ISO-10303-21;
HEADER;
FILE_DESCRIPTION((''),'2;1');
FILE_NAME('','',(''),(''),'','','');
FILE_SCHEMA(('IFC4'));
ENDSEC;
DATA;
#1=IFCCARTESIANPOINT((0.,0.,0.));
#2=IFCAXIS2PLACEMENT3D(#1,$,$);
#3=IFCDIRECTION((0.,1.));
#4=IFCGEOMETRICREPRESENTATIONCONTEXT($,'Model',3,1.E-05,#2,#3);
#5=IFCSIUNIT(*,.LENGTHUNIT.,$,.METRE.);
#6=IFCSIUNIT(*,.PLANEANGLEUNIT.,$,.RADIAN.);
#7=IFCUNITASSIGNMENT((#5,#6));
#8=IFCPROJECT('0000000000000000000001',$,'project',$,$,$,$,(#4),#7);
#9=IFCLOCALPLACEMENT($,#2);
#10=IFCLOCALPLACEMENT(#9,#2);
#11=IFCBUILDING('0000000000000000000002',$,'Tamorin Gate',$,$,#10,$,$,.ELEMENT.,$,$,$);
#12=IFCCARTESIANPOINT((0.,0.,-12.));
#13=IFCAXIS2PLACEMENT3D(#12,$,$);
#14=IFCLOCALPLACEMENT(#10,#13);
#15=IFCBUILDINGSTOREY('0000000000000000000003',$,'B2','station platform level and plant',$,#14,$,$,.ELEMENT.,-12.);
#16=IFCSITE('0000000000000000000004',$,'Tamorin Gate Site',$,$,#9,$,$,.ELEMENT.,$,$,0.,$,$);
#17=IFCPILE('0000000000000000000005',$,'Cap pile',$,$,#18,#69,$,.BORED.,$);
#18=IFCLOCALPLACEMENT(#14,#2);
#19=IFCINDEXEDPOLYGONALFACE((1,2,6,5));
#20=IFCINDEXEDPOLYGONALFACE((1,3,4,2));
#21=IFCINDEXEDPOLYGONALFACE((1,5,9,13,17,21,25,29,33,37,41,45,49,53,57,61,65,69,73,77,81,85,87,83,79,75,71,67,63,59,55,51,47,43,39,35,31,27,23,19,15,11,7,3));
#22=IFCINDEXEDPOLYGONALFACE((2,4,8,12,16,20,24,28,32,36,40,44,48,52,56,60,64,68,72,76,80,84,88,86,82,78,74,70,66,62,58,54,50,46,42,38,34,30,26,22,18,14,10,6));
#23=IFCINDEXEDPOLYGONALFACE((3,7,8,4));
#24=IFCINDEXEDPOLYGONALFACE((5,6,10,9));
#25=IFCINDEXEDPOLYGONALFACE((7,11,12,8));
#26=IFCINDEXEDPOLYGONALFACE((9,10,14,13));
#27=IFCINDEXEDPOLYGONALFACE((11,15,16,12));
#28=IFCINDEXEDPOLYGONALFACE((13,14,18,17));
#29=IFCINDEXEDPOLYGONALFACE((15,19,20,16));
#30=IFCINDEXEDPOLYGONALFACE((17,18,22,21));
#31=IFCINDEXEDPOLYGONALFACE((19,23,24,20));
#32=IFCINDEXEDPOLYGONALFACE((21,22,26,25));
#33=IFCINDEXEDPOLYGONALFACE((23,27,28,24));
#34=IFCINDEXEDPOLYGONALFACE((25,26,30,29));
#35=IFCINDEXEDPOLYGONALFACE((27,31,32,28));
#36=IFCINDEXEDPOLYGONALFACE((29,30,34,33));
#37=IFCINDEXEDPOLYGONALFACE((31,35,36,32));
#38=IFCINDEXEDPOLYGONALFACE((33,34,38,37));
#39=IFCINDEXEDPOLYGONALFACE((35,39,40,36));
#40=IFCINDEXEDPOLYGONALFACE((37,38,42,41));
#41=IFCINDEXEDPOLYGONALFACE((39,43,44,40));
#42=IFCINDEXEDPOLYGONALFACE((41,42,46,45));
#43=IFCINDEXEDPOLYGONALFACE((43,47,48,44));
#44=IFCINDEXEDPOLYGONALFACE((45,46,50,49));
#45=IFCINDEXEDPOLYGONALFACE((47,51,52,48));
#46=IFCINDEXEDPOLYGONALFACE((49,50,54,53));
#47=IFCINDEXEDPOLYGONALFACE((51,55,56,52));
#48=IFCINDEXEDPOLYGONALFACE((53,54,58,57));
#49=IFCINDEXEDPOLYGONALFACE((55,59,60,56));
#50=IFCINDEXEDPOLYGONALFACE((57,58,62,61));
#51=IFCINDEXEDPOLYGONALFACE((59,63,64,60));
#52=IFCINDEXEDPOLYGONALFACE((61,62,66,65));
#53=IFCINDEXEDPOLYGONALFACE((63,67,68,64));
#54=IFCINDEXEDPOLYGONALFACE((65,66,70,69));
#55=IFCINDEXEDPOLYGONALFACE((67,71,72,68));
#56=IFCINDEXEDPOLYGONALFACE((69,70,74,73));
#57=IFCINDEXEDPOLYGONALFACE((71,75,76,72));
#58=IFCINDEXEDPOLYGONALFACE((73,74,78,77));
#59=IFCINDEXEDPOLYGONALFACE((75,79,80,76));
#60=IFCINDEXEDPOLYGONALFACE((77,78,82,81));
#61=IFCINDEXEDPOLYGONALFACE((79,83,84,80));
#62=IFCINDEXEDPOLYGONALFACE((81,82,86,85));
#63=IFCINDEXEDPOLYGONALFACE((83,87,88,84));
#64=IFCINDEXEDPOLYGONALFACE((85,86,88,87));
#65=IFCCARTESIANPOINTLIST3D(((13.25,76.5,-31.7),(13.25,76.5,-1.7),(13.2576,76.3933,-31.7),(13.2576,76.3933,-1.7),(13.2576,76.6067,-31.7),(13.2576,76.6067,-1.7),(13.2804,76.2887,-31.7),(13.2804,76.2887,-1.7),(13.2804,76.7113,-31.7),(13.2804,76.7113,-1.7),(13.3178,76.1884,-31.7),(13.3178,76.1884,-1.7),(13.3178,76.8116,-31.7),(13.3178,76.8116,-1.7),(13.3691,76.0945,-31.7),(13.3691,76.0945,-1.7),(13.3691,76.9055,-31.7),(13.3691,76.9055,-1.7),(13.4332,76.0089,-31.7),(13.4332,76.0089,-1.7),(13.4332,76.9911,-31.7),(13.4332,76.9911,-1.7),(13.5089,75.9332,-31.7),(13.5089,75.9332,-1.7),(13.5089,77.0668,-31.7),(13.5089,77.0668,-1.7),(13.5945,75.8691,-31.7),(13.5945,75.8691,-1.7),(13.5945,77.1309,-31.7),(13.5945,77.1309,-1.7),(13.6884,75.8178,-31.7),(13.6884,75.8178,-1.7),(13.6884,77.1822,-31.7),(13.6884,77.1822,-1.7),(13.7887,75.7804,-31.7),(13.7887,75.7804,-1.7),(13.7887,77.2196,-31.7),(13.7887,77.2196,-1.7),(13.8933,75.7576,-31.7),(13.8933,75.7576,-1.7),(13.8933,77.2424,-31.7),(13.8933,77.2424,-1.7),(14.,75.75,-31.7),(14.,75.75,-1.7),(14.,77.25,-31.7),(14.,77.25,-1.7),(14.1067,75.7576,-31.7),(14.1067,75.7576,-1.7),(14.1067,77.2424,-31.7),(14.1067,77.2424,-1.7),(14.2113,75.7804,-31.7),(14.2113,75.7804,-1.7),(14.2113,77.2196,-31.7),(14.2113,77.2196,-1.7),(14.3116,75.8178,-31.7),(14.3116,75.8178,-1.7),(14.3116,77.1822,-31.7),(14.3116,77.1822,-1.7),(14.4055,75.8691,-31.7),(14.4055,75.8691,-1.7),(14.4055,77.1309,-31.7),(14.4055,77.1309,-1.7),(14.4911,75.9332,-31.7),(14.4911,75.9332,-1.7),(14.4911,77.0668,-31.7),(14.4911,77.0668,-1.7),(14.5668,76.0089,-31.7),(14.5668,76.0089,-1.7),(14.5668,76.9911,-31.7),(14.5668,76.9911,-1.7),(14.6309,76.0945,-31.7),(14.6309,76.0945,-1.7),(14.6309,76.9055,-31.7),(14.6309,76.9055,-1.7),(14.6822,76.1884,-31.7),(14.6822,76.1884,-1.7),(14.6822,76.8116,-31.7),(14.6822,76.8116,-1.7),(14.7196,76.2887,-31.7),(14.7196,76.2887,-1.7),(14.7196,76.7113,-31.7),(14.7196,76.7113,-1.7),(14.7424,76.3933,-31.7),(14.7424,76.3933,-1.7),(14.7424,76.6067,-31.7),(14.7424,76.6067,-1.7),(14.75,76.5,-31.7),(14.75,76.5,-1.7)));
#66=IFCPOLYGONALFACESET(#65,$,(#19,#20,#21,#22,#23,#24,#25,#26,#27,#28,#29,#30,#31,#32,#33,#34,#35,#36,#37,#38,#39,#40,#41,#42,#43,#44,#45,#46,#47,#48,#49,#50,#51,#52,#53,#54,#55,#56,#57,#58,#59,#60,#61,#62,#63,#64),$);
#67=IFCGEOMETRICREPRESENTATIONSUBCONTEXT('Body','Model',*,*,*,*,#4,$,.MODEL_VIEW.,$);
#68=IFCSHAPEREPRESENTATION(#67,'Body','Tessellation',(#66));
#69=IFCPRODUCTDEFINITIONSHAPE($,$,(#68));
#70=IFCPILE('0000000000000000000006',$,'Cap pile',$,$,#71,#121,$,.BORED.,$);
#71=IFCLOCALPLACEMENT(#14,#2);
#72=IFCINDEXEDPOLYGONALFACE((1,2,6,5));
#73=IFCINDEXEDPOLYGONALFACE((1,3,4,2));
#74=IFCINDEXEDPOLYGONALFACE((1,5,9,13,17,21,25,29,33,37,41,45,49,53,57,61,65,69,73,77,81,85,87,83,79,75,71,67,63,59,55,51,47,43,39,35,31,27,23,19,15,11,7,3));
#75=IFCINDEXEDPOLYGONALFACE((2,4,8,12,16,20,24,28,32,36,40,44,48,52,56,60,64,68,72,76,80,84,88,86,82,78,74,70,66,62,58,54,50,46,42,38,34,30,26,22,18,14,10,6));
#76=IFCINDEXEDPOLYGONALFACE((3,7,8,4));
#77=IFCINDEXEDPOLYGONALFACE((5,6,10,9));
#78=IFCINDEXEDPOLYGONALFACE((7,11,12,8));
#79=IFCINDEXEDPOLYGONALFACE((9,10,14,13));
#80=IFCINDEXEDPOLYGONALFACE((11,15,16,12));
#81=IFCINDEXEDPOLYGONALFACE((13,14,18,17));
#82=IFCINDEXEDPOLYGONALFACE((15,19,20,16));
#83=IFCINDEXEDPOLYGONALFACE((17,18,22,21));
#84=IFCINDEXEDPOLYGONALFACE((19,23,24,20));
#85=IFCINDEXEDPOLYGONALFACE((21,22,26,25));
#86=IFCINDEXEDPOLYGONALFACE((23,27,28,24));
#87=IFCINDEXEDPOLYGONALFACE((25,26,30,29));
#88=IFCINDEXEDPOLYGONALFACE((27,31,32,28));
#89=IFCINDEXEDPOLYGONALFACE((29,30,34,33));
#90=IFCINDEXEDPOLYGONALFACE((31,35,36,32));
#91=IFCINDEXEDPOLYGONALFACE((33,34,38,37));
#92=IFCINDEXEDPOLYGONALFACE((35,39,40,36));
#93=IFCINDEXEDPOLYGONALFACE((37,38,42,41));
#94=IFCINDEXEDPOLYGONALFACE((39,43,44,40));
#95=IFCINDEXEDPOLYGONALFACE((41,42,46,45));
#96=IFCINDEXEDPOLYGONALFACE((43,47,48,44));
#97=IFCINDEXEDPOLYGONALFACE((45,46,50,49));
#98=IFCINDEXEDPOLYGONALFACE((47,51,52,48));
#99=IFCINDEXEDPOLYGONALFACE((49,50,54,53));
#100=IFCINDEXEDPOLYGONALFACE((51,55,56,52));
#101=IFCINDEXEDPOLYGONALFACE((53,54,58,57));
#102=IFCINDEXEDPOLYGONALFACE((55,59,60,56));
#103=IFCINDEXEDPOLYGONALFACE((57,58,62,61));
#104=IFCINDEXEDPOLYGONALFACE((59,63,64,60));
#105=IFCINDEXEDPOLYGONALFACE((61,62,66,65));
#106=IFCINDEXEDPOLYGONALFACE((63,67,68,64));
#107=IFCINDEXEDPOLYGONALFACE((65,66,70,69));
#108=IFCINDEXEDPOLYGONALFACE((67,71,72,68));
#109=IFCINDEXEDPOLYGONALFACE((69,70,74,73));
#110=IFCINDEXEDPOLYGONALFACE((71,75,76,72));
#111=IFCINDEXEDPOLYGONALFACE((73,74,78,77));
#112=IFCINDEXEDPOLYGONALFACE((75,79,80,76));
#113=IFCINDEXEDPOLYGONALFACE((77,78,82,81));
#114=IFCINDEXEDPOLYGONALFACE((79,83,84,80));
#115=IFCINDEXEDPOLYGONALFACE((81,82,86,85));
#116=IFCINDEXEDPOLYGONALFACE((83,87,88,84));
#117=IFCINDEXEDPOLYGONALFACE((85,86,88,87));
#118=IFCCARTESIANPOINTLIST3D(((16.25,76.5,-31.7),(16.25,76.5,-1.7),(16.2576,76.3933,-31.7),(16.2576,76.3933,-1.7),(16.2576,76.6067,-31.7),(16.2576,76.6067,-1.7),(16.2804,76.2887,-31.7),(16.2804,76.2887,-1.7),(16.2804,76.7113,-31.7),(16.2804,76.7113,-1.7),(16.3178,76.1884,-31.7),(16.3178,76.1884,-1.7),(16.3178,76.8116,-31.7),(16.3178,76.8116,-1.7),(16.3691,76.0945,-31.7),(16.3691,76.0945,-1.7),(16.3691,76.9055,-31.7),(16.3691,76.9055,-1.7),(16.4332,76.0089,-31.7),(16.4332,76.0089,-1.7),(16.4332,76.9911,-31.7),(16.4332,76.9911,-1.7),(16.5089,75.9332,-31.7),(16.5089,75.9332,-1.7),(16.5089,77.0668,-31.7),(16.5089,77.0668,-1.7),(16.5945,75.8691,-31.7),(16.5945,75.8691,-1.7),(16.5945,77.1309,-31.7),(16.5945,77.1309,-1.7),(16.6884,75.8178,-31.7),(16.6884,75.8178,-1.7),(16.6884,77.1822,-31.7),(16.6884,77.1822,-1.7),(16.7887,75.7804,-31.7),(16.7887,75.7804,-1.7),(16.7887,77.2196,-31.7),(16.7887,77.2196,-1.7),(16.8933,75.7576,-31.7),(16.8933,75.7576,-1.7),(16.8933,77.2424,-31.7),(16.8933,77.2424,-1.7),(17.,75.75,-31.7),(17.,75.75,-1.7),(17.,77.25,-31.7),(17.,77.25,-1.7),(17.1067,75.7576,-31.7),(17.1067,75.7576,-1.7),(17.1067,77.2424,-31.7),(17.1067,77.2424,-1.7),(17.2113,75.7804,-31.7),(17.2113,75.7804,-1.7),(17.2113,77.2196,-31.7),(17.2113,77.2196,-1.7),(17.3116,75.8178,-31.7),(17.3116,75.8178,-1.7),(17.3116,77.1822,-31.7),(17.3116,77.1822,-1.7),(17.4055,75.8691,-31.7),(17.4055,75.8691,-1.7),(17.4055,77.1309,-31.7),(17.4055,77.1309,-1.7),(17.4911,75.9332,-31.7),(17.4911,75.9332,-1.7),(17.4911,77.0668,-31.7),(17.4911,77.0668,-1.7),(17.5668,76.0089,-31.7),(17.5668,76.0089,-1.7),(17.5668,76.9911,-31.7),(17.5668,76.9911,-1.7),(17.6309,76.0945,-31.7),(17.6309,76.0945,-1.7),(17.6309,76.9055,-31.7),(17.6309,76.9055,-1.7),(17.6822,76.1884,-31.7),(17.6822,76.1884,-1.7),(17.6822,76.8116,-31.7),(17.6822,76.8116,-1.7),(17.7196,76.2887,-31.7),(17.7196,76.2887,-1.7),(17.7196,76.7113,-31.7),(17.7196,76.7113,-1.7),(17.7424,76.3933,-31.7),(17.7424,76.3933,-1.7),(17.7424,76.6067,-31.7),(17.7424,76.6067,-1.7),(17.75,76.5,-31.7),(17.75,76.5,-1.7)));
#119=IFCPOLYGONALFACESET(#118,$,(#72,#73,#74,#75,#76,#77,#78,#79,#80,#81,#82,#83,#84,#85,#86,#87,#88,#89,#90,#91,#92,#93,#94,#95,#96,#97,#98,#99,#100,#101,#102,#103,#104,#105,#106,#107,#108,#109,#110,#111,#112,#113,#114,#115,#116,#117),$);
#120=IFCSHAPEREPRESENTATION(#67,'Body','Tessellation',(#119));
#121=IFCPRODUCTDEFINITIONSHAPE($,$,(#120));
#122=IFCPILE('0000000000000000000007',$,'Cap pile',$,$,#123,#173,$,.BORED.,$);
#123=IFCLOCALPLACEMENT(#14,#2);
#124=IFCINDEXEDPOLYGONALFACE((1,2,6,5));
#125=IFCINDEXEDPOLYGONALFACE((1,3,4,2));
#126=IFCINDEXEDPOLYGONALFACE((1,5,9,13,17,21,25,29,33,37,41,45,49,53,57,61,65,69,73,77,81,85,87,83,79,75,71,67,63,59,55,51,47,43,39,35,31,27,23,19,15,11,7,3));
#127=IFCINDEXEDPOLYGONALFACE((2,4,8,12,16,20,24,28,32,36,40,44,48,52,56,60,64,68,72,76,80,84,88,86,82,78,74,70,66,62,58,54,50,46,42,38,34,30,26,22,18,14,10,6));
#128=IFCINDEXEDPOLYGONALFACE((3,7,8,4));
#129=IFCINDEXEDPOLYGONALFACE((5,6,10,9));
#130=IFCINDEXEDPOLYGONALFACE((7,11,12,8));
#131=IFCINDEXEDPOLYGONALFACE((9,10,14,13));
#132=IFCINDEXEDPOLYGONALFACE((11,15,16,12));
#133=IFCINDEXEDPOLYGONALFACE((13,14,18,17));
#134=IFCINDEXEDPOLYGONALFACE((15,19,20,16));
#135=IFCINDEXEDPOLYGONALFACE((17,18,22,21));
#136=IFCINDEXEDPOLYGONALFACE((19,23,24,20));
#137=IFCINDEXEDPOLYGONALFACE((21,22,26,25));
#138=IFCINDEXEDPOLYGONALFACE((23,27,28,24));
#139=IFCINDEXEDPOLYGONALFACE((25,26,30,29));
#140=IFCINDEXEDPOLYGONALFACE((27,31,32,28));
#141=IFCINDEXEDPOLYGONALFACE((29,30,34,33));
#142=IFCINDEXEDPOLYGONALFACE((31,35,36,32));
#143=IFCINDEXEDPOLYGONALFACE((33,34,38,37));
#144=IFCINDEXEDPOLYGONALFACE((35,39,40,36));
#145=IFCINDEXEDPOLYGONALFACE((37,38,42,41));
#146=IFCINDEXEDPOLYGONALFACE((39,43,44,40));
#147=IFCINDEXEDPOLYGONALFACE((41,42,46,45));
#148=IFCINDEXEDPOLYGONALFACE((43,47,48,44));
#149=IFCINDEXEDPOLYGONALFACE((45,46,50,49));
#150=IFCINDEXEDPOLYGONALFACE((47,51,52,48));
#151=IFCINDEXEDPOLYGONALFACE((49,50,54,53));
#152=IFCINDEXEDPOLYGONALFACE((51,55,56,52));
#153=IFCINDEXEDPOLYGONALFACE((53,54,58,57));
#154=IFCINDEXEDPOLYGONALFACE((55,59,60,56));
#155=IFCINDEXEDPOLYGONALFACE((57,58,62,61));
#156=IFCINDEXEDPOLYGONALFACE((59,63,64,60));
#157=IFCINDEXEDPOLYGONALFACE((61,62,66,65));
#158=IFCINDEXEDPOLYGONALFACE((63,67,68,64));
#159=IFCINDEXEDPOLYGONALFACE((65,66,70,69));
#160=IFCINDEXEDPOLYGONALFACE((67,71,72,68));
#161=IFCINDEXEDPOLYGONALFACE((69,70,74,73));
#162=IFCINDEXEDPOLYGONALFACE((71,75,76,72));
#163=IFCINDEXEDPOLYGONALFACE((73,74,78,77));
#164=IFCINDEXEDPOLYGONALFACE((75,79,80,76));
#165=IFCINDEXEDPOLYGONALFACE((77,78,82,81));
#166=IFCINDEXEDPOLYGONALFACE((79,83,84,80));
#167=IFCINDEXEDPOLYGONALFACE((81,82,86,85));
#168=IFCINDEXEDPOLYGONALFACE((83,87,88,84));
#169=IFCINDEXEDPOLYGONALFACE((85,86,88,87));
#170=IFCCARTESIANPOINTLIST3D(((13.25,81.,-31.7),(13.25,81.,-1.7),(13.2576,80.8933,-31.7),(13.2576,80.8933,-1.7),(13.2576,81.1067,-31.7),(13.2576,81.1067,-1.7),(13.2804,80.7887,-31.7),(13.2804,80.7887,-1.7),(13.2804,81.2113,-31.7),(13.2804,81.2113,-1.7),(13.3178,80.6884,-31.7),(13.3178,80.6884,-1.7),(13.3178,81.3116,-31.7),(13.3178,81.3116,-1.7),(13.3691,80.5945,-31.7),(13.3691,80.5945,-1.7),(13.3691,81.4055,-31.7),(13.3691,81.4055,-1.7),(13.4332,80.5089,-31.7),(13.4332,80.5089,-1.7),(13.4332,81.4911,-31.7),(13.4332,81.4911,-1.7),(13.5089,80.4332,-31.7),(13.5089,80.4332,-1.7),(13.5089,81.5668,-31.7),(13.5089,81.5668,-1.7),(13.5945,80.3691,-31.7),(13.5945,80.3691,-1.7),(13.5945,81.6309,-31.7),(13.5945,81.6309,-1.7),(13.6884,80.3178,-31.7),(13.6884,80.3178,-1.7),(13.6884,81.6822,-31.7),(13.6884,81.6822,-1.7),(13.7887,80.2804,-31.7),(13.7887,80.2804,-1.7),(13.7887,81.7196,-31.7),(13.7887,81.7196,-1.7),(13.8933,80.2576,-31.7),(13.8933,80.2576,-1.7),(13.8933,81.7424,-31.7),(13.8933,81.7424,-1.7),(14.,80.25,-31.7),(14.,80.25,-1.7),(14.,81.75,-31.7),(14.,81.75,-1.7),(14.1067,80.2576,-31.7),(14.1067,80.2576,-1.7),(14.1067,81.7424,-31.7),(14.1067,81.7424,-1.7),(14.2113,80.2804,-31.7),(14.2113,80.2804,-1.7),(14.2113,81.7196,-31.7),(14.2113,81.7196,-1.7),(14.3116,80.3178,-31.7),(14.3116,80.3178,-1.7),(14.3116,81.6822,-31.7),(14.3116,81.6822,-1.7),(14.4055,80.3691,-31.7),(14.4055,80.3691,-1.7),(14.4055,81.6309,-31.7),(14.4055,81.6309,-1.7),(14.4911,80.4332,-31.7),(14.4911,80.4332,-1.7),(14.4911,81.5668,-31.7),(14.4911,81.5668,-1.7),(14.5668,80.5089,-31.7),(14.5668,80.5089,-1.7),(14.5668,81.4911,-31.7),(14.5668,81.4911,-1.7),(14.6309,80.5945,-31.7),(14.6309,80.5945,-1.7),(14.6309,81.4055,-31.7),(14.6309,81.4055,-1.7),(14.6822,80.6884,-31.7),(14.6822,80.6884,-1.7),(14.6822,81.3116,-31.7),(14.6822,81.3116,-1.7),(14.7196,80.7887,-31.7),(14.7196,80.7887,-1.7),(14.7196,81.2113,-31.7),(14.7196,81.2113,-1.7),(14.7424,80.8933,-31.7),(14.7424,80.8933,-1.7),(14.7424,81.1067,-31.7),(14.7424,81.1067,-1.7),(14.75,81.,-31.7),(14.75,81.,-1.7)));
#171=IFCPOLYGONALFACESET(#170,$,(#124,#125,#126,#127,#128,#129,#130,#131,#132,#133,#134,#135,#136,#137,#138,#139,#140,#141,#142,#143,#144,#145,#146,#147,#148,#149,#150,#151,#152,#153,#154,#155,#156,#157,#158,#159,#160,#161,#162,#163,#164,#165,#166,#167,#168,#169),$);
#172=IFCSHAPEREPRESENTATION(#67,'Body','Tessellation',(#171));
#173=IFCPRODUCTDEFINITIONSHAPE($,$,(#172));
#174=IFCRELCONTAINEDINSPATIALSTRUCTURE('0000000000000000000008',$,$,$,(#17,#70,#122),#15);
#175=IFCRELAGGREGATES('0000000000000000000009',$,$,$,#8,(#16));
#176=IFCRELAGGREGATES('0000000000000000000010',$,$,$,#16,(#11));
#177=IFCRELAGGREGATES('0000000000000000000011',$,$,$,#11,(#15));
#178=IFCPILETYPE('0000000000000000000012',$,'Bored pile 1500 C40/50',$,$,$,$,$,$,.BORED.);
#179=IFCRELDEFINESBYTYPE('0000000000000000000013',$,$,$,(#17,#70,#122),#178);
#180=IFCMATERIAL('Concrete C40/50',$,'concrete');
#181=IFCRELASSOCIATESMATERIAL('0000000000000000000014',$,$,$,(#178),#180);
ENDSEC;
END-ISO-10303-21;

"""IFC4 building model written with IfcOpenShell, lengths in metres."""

from ifc_helpers import new_model, si_unit, direction, frame, origin, origin_2d, place, context, subcontext, project, spatial, circle, extrude, material, material_profile, profile_set, type_object, element, save


model = new_model("IFC4")

# Units and contexts
model_context = context("Model", 3, precision=1e-05, world=origin(), true_north=direction((0.0, 1.0)))
body_context = subcontext(model_context, "Body", "Model", "MODEL_VIEW")
ifc_project = project(units=[si_unit("LENGTHUNIT", "METRE"), si_unit("PLANEANGLEUNIT", "RADIAN")], contexts=[model_context])

# Site, building, storey
site_placement = place(None, origin())
site = spatial("IfcSite", under=ifc_project, at=site_placement, Name="Tamorin Gate Site", CompositionType="ELEMENT", RefElevation=0.0)
building_placement = place(site_placement, origin())
building = spatial("IfcBuilding", under=site, at=building_placement, Name="Tamorin Gate", CompositionType="ELEMENT")
storey_placement = place(building_placement, frame((0.0, 0.0, -12.0)))
storey = spatial("IfcBuildingStorey", under=building, at=storey_placement, Name="B2", Description="station platform level and plant", CompositionType="ELEMENT", Elevation=-12.0)

# Piles
ifc_material_1 = material(Name="Concrete C40/50", Category="concrete")
ifc_material_profile_1 = material_profile(ifc_material_1, circle(Radius=0.75, at=origin_2d()))
ifc_profile_set_1 = profile_set([ifc_material_profile_1], Name="Concrete C40/50")
pile_type = type_object("IfcPileType", Name="Bored pile 1500 C40/50", PredefinedType="BORED", material=ifc_profile_set_1)
for number, where, z_axis, x_axis, name in (
    (1, (14.0, 76.5, -1.7), (0.0, 0.0, -1.0), (1.0, 0.0, 0.0), "Cap pile"),
    (2, (17.0, 76.5, -1.7), (0.0, 0.0, -1.0), (1.0, 0.0, 0.0), "Cap pile"),
    (3, (14.0, 81.0, -1.7), (0.0, 0.0, -1.0), (1.0, 0.0, 0.0), "Cap pile"),
):
    element("IfcPile", number, at=place(storey_placement, frame(where, z_axis=z_axis, x_axis=x_axis)), inside=storey, type_object=pile_type, Name=name, PredefinedType="BORED", context=body_context, shape_type="SweptSolid", body=[
        extrude(circle(Radius=0.75, at=origin_2d()), origin(), (0.0, 0.0, 1.0), 30.0),
    ])

save(model, "model.ifc")
